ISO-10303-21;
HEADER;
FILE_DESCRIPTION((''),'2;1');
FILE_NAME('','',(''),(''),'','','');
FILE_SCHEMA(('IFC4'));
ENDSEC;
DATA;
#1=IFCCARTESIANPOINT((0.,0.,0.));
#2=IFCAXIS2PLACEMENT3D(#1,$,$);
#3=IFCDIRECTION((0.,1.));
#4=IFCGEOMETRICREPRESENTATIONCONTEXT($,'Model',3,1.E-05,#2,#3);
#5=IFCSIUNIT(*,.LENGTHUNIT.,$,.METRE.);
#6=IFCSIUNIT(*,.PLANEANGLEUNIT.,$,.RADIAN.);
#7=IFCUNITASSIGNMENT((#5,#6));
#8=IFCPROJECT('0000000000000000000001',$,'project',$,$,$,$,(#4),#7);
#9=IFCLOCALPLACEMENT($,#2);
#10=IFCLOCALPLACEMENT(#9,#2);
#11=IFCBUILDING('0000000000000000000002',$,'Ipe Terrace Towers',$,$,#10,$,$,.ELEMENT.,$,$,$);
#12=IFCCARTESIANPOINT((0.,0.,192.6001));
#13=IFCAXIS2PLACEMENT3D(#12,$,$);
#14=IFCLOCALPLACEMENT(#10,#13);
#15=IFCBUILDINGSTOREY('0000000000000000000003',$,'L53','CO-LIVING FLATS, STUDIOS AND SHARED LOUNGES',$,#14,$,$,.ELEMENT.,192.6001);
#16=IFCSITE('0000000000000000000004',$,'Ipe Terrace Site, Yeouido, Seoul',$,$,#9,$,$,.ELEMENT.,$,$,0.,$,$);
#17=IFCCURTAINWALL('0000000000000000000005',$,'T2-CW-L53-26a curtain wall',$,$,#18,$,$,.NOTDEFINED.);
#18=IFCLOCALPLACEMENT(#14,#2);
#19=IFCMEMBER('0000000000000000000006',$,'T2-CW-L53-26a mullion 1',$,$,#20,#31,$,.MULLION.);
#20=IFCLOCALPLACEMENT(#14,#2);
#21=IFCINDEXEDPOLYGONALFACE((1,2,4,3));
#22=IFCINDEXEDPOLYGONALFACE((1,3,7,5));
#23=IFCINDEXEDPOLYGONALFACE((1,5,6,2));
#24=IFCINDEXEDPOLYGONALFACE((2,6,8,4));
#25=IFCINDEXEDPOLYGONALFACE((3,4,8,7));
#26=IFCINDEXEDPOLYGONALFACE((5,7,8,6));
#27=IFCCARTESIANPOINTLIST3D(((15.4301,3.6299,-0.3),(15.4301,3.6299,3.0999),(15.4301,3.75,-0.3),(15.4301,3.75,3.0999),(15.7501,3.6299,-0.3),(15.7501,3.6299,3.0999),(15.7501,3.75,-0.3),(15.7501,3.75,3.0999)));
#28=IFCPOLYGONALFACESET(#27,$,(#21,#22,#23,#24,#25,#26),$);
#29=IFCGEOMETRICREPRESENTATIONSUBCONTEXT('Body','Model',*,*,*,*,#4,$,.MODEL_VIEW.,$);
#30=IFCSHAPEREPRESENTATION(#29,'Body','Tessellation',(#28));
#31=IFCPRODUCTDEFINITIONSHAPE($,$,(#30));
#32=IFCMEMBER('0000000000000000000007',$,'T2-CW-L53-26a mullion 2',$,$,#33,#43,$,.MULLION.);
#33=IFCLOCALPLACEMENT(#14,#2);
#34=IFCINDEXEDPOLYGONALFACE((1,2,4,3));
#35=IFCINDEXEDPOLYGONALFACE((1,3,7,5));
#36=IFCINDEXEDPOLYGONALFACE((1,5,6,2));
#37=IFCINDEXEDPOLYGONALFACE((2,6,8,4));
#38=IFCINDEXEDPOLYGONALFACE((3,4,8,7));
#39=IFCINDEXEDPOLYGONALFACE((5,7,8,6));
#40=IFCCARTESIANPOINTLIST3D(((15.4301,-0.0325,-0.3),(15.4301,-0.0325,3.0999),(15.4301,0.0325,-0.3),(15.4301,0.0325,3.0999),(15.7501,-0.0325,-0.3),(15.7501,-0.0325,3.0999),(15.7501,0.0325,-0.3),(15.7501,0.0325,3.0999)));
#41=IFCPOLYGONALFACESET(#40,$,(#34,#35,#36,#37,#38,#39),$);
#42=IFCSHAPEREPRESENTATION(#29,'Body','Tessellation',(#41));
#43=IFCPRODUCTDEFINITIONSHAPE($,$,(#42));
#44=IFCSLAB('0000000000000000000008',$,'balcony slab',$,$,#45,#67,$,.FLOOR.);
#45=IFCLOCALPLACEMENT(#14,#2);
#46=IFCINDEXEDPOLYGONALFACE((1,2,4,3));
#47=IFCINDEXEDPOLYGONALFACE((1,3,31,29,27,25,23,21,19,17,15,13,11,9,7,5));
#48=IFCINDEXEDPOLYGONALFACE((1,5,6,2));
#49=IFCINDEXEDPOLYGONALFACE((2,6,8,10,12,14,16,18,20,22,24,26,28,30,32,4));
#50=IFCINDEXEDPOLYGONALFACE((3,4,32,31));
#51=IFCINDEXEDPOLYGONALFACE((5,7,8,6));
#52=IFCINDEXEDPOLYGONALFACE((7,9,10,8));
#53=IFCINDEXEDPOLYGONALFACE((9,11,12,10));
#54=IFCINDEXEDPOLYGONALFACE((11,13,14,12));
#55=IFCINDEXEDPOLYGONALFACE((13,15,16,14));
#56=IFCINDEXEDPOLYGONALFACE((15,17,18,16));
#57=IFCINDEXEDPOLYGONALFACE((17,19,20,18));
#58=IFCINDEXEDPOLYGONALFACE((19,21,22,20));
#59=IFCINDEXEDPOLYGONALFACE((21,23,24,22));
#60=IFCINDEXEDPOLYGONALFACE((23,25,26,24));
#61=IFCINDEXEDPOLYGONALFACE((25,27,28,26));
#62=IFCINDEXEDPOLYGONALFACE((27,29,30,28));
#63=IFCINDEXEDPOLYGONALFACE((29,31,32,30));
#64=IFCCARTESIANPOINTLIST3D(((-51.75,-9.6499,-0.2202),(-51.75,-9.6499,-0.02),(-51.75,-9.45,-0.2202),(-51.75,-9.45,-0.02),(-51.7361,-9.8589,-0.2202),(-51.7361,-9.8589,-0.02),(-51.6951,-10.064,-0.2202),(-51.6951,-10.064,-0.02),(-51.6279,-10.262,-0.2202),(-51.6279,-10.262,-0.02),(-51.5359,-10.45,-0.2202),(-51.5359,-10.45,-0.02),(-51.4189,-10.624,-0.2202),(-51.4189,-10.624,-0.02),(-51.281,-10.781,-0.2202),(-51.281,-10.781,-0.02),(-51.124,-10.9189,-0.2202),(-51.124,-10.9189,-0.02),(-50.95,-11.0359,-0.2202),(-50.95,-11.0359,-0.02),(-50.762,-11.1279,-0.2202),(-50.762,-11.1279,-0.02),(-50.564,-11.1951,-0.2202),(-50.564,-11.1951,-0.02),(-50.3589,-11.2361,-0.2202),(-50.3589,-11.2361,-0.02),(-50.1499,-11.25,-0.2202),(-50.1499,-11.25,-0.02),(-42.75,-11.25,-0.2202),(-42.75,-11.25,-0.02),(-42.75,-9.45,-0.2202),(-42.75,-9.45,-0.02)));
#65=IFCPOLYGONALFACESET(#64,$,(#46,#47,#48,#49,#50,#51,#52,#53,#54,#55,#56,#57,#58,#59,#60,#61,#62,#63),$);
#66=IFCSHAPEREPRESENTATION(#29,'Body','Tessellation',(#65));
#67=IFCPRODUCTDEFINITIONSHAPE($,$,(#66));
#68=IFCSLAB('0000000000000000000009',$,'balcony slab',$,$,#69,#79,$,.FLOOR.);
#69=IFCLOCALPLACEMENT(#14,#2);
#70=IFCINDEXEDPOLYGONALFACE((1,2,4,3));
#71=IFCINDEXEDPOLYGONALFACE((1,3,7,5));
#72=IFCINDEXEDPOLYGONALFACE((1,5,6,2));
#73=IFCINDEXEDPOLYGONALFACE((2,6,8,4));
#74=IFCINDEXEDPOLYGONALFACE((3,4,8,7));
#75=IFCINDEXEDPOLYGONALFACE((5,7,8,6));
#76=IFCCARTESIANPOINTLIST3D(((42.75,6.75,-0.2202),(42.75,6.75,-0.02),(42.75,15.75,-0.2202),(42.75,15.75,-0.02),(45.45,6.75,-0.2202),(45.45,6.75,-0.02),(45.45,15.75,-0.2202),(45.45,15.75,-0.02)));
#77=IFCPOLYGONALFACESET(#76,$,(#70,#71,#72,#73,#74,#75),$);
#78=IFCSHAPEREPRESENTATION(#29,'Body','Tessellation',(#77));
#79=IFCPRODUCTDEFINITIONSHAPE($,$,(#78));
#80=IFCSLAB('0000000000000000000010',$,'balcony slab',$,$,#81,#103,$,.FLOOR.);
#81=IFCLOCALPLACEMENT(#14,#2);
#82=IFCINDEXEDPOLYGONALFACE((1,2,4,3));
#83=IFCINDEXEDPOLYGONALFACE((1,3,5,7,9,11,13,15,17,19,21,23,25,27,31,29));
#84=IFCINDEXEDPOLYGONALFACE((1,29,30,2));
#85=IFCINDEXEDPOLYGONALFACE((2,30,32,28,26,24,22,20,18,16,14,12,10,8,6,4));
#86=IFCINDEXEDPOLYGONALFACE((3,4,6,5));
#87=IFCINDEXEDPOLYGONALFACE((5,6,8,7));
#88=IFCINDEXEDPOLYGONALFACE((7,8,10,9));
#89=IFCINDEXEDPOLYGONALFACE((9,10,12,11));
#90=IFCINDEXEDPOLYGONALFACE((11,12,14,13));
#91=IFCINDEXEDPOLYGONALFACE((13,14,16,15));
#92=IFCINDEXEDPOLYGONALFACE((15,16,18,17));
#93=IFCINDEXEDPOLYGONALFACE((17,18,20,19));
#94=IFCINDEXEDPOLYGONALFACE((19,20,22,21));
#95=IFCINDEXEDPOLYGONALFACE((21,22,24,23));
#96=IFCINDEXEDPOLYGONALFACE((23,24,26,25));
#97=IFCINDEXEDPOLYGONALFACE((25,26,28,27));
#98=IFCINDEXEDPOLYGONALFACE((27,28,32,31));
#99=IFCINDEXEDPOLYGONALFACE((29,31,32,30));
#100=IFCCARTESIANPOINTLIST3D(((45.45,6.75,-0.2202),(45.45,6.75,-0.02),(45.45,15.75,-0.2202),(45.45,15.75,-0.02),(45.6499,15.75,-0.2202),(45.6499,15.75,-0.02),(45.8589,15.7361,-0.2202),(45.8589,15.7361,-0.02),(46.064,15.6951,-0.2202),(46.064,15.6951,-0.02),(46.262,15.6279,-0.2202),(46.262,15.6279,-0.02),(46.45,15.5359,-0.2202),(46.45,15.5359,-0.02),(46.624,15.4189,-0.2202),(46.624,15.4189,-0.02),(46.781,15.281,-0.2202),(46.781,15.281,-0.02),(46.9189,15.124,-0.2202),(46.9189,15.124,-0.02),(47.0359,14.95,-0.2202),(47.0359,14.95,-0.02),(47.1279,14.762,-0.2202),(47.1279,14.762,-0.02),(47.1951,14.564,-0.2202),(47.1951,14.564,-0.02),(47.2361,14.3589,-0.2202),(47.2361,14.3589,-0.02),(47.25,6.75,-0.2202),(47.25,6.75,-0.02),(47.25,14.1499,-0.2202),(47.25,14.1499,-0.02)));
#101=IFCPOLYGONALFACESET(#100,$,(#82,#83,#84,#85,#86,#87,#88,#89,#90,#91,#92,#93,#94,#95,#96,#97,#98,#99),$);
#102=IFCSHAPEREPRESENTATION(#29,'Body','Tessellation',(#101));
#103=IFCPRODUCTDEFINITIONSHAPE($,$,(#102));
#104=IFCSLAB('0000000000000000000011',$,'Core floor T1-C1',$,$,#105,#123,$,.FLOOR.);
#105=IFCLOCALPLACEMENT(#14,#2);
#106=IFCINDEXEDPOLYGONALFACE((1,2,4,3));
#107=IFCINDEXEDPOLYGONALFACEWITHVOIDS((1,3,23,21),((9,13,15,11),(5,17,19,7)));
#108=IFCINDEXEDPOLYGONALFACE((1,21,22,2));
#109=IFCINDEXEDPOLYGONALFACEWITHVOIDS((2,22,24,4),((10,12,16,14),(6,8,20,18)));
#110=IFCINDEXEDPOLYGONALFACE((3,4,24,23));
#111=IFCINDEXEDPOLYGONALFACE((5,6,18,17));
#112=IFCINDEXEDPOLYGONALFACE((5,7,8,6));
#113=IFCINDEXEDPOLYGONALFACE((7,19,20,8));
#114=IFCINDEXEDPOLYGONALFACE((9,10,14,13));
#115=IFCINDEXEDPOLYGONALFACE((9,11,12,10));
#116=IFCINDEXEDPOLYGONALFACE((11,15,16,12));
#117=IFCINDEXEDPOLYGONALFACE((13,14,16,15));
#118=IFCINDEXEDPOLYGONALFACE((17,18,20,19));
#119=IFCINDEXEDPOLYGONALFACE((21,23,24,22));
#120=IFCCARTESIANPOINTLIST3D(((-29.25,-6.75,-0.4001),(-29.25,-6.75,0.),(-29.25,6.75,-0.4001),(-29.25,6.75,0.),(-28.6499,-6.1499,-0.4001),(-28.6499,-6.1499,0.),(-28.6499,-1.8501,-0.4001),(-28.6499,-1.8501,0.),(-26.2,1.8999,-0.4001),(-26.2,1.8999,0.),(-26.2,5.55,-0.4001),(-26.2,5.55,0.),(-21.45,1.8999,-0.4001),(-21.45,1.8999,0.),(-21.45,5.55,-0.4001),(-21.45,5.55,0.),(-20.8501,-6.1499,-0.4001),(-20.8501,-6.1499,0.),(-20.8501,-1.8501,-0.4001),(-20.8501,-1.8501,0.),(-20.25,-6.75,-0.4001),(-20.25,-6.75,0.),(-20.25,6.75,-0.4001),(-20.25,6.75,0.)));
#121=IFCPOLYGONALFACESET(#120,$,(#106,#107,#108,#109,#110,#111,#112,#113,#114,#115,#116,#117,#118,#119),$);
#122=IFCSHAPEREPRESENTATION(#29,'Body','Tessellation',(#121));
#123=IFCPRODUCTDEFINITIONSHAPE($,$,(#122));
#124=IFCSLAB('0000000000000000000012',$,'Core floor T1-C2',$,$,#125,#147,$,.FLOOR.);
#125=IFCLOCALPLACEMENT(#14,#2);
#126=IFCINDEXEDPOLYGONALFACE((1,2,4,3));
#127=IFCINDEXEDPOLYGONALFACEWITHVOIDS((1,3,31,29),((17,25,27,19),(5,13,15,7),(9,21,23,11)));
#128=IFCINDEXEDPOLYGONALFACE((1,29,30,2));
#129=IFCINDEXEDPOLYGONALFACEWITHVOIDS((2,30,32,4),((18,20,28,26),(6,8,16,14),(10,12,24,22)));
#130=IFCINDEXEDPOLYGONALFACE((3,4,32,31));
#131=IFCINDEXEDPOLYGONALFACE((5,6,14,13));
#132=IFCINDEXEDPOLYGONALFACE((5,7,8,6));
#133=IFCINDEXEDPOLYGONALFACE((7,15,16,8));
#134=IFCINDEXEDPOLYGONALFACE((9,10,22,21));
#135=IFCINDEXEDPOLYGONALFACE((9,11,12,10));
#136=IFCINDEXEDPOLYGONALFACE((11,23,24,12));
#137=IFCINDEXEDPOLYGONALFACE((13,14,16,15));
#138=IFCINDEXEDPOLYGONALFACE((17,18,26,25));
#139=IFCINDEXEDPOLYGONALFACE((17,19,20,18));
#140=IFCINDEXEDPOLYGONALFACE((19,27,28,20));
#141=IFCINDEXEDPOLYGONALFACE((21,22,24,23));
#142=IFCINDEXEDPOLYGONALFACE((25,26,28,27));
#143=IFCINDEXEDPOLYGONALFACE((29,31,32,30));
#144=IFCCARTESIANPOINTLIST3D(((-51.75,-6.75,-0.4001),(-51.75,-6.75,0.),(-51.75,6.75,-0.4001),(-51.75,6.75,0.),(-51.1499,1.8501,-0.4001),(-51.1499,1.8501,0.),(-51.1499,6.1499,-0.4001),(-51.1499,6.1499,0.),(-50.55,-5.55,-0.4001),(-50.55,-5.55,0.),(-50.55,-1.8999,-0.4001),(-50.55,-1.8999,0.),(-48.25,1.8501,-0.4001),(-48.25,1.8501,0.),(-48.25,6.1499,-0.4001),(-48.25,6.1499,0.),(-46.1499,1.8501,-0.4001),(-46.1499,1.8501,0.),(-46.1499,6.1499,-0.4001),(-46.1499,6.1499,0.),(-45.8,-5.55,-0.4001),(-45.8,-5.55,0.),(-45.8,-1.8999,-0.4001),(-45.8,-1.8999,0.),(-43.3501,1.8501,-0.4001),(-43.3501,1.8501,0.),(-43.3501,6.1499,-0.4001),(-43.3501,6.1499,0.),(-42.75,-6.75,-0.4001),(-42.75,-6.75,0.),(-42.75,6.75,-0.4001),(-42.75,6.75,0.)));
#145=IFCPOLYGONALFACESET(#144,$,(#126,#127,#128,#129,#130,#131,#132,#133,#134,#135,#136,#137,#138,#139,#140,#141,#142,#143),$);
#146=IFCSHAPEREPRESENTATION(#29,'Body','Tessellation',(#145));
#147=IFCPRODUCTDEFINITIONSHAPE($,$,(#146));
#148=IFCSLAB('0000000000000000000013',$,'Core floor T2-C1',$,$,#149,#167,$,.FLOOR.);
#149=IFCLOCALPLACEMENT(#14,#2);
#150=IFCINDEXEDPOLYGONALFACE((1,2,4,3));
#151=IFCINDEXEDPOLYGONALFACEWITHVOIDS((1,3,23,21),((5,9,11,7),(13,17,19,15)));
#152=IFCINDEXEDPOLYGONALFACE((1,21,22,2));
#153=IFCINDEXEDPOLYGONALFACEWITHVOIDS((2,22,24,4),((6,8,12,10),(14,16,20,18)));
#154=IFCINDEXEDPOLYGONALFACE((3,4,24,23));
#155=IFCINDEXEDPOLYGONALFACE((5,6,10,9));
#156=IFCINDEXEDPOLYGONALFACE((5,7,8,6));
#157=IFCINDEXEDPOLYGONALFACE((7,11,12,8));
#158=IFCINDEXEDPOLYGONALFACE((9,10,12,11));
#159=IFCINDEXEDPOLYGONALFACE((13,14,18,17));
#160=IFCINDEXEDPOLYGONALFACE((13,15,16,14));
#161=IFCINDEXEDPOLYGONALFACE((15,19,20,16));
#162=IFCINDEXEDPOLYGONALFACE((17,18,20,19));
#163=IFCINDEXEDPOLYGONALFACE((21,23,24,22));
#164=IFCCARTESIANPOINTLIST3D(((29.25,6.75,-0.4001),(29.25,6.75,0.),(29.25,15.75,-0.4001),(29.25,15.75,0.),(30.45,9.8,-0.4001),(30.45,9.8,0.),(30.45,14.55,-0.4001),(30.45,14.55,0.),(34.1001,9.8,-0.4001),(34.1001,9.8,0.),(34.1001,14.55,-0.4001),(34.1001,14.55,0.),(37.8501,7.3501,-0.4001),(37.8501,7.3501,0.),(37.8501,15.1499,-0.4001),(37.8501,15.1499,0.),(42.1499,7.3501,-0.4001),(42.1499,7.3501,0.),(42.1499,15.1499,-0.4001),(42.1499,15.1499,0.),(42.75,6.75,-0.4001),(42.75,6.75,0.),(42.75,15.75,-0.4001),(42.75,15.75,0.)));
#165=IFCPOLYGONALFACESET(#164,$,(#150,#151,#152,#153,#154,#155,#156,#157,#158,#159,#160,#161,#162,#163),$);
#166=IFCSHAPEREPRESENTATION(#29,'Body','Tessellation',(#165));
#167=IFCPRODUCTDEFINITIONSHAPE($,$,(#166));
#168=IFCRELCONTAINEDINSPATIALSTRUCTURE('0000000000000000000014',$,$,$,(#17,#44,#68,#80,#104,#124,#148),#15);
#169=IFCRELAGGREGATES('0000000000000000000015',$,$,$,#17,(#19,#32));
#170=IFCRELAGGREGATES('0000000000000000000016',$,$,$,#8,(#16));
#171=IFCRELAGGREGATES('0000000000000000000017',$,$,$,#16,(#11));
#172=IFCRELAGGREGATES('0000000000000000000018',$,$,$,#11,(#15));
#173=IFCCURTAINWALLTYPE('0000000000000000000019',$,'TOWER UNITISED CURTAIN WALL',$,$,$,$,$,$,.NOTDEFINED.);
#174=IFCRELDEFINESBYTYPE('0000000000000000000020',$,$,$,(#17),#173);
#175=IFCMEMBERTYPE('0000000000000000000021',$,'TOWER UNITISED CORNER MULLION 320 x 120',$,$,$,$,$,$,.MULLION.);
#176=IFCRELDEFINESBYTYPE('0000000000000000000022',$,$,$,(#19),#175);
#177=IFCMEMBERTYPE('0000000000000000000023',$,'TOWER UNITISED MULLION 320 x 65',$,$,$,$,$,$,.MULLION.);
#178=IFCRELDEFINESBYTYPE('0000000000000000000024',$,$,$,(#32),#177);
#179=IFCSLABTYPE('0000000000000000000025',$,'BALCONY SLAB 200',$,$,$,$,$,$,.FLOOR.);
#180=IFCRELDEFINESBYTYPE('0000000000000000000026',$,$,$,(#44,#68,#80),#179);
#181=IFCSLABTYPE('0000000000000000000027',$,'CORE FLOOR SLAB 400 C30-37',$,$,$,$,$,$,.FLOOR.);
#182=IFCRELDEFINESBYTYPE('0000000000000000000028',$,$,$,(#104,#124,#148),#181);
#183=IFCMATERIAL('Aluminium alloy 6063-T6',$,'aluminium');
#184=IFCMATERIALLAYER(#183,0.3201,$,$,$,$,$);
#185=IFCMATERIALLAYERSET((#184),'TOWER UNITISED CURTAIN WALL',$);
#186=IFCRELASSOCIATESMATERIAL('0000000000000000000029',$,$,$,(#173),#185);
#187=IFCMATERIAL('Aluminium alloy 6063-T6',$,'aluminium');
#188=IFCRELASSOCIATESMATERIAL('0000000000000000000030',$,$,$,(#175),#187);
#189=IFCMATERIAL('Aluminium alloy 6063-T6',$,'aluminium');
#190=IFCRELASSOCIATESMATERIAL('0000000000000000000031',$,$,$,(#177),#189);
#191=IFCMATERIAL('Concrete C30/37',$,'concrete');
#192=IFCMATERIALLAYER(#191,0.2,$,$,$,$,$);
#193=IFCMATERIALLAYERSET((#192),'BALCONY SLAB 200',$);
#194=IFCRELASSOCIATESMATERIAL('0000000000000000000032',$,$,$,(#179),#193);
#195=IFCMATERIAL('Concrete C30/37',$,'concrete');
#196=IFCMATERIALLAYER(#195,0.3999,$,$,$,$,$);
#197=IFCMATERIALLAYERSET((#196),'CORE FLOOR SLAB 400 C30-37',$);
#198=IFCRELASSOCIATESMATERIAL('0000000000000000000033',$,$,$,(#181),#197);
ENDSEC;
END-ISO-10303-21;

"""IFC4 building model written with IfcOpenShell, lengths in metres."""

from ifc_helpers import new_model, si_unit, direction, frame, origin, origin_2d, place, context, subcontext, project, spatial, polyline, rectangle, outline, extrude, material, layer, layer_set, material_profile, profile_set, type_object, element, aggregate, save


model = new_model("IFC4")

# Units and contexts
model_context = context("Model", 3, precision=1e-05, world=origin(), true_north=direction((0.0, 1.0)))
body_context = subcontext(model_context, "Body", "Model", "MODEL_VIEW")
ifc_project = project(units=[si_unit("LENGTHUNIT", "METRE"), si_unit("PLANEANGLEUNIT", "RADIAN")], contexts=[model_context])

# Site, building, storey
site_placement = place(None, origin())
site = spatial("IfcSite", under=ifc_project, at=site_placement, Name="Ipe Terrace Site, Yeouido, Seoul", CompositionType="ELEMENT", RefElevation=0.0)
building_placement = place(site_placement, origin())
building = spatial("IfcBuilding", under=site, at=building_placement, Name="Ipe Terrace Towers", CompositionType="ELEMENT")
storey_placement = place(building_placement, frame((0.0, 0.0, 192.6001)))
storey = spatial("IfcBuildingStorey", under=building, at=storey_placement, Name="L53", Description="CO-LIVING FLATS, STUDIOS AND SHARED LOUNGES", CompositionType="ELEMENT", Elevation=192.6001)

# Curtain wall, members
ifc_material_1 = material(Name="Aluminium alloy 6063-T6", Category="aluminium")
ifc_layer_1 = layer(ifc_material_1, 0.3201)
ifc_layer_set_1 = layer_set([ifc_layer_1], Name="TOWER UNITISED CURTAIN WALL")
curtain_wall_type = type_object("IfcCurtainWallType", Name="TOWER UNITISED CURTAIN WALL", PredefinedType="NOTDEFINED", material=ifc_layer_set_1)
curtain_wall_placement = place(storey_placement, origin())
curtain_wall = element("IfcCurtainWall", 1, at=curtain_wall_placement, inside=storey, type_object=curtain_wall_type, Name="T2-CW-L53-26a curtain wall", PredefinedType="NOTDEFINED")
ifc_material_2 = material(Name="Aluminium alloy 6063-T6", Category="aluminium")
ifc_material_profile_1 = material_profile(ifc_material_2, rectangle(XDim=0.3201, YDim=0.1201, at=origin_2d()), Name="TOWER UNITISED CORNER MULLION 320 x 120")
ifc_profile_set_1 = profile_set([ifc_material_profile_1], Name="Aluminium alloy 6063-T6")
member_type_1 = type_object("IfcMemberType", Name="TOWER UNITISED CORNER MULLION 320 x 120", PredefinedType="MULLION", material=ifc_profile_set_1)
member_1_placement = place(storey_placement, frame((15.5901, 3.6899, -0.3), z_axis=(0.0, 0.0, 1.0), x_axis=(-1.0, 0.0, 0.0)))
member_1 = element("IfcMember", 2, at=member_1_placement, type_object=member_type_1, Name="T2-CW-L53-26a mullion 1", PredefinedType="MULLION", context=body_context, shape_type="SweptSolid", body=[
    extrude(rectangle(XDim=0.3201, YDim=0.1201, at=origin_2d()), origin(), (0.0, 0.0, 1.0), 3.3999),
])
ifc_material_3 = material(Name="Aluminium alloy 6063-T6", Category="aluminium")
ifc_material_profile_2 = material_profile(ifc_material_3, rectangle(XDim=0.3201, YDim=0.0649, at=origin_2d()), Name="TOWER UNITISED MULLION 320 x 65")
ifc_profile_set_2 = profile_set([ifc_material_profile_2], Name="Aluminium alloy 6063-T6")
member_type_2 = type_object("IfcMemberType", Name="TOWER UNITISED MULLION 320 x 65", PredefinedType="MULLION", material=ifc_profile_set_2)
member_2_placement = place(storey_placement, frame((15.5901, 0.0, -0.3), z_axis=(0.0, 0.0, 1.0), x_axis=(-1.0, 0.0, 0.0)))
member_2 = element("IfcMember", 3, at=member_2_placement, type_object=member_type_2, Name="T2-CW-L53-26a mullion 2", PredefinedType="MULLION", context=body_context, shape_type="SweptSolid", body=[
    extrude(rectangle(XDim=0.3201, YDim=0.0649, at=origin_2d()), origin(), (0.0, 0.0, 1.0), 3.3999),
])
aggregate(curtain_wall, [member_1, member_2])

# Slabs
ifc_material_4 = material(Name="Concrete C30/37", Category="concrete")
ifc_layer_2 = layer(ifc_material_4, 0.2)
ifc_layer_set_2 = layer_set([ifc_layer_2], Name="BALCONY SLAB 200")
slab_type_1 = type_object("IfcSlabType", Name="BALCONY SLAB 200", PredefinedType="FLOOR", material=ifc_layer_set_2)
slab_1_placement = place(storey_placement, frame((0.0, 0.0, -0.2202)))
element("IfcSlab", 4, at=slab_1_placement, inside=storey, type_object=slab_type_1, Name="balcony slab", PredefinedType="FLOOR", context=body_context, shape_type="SweptSolid", body=[
    extrude(outline(polyline([(-42.75, -11.25), (-42.75, -9.45), (-51.75, -9.45), (-51.75, -9.6499), (-51.7361, -9.8589), (-51.6951, -10.064), (-51.6279, -10.262), (-51.5359, -10.45), (-51.4189, -10.624), (-51.281, -10.781), (-51.124, -10.9189), (-50.95, -11.0359), (-50.762, -11.1279), (-50.564, -11.1951), (-50.3589, -11.2361), (-50.1499, -11.25), (-42.75, -11.25)])), origin(), (0.0, 0.0, 1.0), 0.2002),
])
slab_2_placement = place(storey_placement, frame((0.0, 0.0, -0.2202)))
element("IfcSlab", 5, at=slab_2_placement, inside=storey, type_object=slab_type_1, Name="balcony slab", PredefinedType="FLOOR", context=body_context, shape_type="SweptSolid", body=[
    extrude(outline(polyline([(42.75, 15.75), (42.75, 6.75), (45.45, 6.75), (45.45, 15.75), (42.75, 15.75)])), origin(), (0.0, 0.0, 1.0), 0.2002),
])
slab_3_placement = place(storey_placement, frame((0.0, 0.0, -0.2202)))
element("IfcSlab", 6, at=slab_3_placement, inside=storey, type_object=slab_type_1, Name="balcony slab", PredefinedType="FLOOR", context=body_context, shape_type="SweptSolid", body=[
    extrude(outline(polyline([(47.25, 6.75), (47.25, 14.1499), (47.2361, 14.3589), (47.1951, 14.564), (47.1279, 14.762), (47.0359, 14.95), (46.9189, 15.124), (46.781, 15.281), (46.624, 15.4189), (46.45, 15.5359), (46.262, 15.6279), (46.064, 15.6951), (45.8589, 15.7361), (45.6499, 15.75), (45.45, 15.75), (45.45, 6.75), (47.25, 6.75)])), origin(), (0.0, 0.0, 1.0), 0.2002),
])
ifc_material_5 = material(Name="Concrete C30/37", Category="concrete")
ifc_layer_3 = layer(ifc_material_5, 0.3999)
ifc_layer_set_3 = layer_set([ifc_layer_3], Name="CORE FLOOR SLAB 400 C30-37")
slab_type_2 = type_object("IfcSlabType", Name="CORE FLOOR SLAB 400 C30-37", PredefinedType="FLOOR", material=ifc_layer_set_3)
slab_4_placement = place(storey_placement, frame((0.0, 0.0, -0.4001)))
element("IfcSlab", 7, at=slab_4_placement, inside=storey, type_object=slab_type_2, Name="Core floor T1-C1", PredefinedType="FLOOR", context=body_context, shape_type="SweptSolid", body=[
    extrude(outline(polyline([(-29.25, -6.75), (-29.25, 6.75), (-20.25, 6.75), (-20.25, -6.75), (-29.25, -6.75)]), holes=[polyline([(-28.6499, -6.1499), (-20.8501, -6.1499), (-20.8501, -1.8501), (-28.6499, -1.8501), (-28.6499, -6.1499)]), polyline([(-26.2, 5.55), (-26.2, 1.8999), (-21.45, 1.8999), (-21.45, 5.55), (-26.2, 5.55)])]), origin(), (0.0, 0.0, 1.0), 0.4001),
])
slab_5_placement = place(storey_placement, frame((0.0, 0.0, -0.4001)))
element("IfcSlab", 8, at=slab_5_placement, inside=storey, type_object=slab_type_2, Name="Core floor T1-C2", PredefinedType="FLOOR", context=body_context, shape_type="SweptSolid", body=[
    extrude(outline(polyline([(-51.75, -6.75), (-51.75, 6.75), (-42.75, 6.75), (-42.75, -6.75), (-51.75, -6.75)]), holes=[polyline([(-45.8, -1.8999), (-50.55, -1.8999), (-50.55, -5.55), (-45.8, -5.55), (-45.8, -1.8999)]), polyline([(-48.25, 1.8501), (-48.25, 6.1499), (-51.1499, 6.1499), (-51.1499, 1.8501), (-48.25, 1.8501)]), polyline([(-43.3501, 1.8501), (-43.3501, 6.1499), (-46.1499, 6.1499), (-46.1499, 1.8501), (-43.3501, 1.8501)])]), origin(), (0.0, 0.0, 1.0), 0.4001),
])
slab_6_placement = place(storey_placement, frame((0.0, 0.0, -0.4001)))
element("IfcSlab", 9, at=slab_6_placement, inside=storey, type_object=slab_type_2, Name="Core floor T2-C1", PredefinedType="FLOOR", context=body_context, shape_type="SweptSolid", body=[
    extrude(outline(polyline([(29.25, 6.75), (29.25, 15.75), (42.75, 15.75), (42.75, 6.75), (29.25, 6.75)]), holes=[polyline([(42.1499, 7.3501), (42.1499, 15.1499), (37.8501, 15.1499), (37.8501, 7.3501), (42.1499, 7.3501)]), polyline([(30.45, 9.8), (34.1001, 9.8), (34.1001, 14.55), (30.45, 14.55), (30.45, 9.8)])]), origin(), (0.0, 0.0, 1.0), 0.4001),
])

save(model, "model.ifc")
